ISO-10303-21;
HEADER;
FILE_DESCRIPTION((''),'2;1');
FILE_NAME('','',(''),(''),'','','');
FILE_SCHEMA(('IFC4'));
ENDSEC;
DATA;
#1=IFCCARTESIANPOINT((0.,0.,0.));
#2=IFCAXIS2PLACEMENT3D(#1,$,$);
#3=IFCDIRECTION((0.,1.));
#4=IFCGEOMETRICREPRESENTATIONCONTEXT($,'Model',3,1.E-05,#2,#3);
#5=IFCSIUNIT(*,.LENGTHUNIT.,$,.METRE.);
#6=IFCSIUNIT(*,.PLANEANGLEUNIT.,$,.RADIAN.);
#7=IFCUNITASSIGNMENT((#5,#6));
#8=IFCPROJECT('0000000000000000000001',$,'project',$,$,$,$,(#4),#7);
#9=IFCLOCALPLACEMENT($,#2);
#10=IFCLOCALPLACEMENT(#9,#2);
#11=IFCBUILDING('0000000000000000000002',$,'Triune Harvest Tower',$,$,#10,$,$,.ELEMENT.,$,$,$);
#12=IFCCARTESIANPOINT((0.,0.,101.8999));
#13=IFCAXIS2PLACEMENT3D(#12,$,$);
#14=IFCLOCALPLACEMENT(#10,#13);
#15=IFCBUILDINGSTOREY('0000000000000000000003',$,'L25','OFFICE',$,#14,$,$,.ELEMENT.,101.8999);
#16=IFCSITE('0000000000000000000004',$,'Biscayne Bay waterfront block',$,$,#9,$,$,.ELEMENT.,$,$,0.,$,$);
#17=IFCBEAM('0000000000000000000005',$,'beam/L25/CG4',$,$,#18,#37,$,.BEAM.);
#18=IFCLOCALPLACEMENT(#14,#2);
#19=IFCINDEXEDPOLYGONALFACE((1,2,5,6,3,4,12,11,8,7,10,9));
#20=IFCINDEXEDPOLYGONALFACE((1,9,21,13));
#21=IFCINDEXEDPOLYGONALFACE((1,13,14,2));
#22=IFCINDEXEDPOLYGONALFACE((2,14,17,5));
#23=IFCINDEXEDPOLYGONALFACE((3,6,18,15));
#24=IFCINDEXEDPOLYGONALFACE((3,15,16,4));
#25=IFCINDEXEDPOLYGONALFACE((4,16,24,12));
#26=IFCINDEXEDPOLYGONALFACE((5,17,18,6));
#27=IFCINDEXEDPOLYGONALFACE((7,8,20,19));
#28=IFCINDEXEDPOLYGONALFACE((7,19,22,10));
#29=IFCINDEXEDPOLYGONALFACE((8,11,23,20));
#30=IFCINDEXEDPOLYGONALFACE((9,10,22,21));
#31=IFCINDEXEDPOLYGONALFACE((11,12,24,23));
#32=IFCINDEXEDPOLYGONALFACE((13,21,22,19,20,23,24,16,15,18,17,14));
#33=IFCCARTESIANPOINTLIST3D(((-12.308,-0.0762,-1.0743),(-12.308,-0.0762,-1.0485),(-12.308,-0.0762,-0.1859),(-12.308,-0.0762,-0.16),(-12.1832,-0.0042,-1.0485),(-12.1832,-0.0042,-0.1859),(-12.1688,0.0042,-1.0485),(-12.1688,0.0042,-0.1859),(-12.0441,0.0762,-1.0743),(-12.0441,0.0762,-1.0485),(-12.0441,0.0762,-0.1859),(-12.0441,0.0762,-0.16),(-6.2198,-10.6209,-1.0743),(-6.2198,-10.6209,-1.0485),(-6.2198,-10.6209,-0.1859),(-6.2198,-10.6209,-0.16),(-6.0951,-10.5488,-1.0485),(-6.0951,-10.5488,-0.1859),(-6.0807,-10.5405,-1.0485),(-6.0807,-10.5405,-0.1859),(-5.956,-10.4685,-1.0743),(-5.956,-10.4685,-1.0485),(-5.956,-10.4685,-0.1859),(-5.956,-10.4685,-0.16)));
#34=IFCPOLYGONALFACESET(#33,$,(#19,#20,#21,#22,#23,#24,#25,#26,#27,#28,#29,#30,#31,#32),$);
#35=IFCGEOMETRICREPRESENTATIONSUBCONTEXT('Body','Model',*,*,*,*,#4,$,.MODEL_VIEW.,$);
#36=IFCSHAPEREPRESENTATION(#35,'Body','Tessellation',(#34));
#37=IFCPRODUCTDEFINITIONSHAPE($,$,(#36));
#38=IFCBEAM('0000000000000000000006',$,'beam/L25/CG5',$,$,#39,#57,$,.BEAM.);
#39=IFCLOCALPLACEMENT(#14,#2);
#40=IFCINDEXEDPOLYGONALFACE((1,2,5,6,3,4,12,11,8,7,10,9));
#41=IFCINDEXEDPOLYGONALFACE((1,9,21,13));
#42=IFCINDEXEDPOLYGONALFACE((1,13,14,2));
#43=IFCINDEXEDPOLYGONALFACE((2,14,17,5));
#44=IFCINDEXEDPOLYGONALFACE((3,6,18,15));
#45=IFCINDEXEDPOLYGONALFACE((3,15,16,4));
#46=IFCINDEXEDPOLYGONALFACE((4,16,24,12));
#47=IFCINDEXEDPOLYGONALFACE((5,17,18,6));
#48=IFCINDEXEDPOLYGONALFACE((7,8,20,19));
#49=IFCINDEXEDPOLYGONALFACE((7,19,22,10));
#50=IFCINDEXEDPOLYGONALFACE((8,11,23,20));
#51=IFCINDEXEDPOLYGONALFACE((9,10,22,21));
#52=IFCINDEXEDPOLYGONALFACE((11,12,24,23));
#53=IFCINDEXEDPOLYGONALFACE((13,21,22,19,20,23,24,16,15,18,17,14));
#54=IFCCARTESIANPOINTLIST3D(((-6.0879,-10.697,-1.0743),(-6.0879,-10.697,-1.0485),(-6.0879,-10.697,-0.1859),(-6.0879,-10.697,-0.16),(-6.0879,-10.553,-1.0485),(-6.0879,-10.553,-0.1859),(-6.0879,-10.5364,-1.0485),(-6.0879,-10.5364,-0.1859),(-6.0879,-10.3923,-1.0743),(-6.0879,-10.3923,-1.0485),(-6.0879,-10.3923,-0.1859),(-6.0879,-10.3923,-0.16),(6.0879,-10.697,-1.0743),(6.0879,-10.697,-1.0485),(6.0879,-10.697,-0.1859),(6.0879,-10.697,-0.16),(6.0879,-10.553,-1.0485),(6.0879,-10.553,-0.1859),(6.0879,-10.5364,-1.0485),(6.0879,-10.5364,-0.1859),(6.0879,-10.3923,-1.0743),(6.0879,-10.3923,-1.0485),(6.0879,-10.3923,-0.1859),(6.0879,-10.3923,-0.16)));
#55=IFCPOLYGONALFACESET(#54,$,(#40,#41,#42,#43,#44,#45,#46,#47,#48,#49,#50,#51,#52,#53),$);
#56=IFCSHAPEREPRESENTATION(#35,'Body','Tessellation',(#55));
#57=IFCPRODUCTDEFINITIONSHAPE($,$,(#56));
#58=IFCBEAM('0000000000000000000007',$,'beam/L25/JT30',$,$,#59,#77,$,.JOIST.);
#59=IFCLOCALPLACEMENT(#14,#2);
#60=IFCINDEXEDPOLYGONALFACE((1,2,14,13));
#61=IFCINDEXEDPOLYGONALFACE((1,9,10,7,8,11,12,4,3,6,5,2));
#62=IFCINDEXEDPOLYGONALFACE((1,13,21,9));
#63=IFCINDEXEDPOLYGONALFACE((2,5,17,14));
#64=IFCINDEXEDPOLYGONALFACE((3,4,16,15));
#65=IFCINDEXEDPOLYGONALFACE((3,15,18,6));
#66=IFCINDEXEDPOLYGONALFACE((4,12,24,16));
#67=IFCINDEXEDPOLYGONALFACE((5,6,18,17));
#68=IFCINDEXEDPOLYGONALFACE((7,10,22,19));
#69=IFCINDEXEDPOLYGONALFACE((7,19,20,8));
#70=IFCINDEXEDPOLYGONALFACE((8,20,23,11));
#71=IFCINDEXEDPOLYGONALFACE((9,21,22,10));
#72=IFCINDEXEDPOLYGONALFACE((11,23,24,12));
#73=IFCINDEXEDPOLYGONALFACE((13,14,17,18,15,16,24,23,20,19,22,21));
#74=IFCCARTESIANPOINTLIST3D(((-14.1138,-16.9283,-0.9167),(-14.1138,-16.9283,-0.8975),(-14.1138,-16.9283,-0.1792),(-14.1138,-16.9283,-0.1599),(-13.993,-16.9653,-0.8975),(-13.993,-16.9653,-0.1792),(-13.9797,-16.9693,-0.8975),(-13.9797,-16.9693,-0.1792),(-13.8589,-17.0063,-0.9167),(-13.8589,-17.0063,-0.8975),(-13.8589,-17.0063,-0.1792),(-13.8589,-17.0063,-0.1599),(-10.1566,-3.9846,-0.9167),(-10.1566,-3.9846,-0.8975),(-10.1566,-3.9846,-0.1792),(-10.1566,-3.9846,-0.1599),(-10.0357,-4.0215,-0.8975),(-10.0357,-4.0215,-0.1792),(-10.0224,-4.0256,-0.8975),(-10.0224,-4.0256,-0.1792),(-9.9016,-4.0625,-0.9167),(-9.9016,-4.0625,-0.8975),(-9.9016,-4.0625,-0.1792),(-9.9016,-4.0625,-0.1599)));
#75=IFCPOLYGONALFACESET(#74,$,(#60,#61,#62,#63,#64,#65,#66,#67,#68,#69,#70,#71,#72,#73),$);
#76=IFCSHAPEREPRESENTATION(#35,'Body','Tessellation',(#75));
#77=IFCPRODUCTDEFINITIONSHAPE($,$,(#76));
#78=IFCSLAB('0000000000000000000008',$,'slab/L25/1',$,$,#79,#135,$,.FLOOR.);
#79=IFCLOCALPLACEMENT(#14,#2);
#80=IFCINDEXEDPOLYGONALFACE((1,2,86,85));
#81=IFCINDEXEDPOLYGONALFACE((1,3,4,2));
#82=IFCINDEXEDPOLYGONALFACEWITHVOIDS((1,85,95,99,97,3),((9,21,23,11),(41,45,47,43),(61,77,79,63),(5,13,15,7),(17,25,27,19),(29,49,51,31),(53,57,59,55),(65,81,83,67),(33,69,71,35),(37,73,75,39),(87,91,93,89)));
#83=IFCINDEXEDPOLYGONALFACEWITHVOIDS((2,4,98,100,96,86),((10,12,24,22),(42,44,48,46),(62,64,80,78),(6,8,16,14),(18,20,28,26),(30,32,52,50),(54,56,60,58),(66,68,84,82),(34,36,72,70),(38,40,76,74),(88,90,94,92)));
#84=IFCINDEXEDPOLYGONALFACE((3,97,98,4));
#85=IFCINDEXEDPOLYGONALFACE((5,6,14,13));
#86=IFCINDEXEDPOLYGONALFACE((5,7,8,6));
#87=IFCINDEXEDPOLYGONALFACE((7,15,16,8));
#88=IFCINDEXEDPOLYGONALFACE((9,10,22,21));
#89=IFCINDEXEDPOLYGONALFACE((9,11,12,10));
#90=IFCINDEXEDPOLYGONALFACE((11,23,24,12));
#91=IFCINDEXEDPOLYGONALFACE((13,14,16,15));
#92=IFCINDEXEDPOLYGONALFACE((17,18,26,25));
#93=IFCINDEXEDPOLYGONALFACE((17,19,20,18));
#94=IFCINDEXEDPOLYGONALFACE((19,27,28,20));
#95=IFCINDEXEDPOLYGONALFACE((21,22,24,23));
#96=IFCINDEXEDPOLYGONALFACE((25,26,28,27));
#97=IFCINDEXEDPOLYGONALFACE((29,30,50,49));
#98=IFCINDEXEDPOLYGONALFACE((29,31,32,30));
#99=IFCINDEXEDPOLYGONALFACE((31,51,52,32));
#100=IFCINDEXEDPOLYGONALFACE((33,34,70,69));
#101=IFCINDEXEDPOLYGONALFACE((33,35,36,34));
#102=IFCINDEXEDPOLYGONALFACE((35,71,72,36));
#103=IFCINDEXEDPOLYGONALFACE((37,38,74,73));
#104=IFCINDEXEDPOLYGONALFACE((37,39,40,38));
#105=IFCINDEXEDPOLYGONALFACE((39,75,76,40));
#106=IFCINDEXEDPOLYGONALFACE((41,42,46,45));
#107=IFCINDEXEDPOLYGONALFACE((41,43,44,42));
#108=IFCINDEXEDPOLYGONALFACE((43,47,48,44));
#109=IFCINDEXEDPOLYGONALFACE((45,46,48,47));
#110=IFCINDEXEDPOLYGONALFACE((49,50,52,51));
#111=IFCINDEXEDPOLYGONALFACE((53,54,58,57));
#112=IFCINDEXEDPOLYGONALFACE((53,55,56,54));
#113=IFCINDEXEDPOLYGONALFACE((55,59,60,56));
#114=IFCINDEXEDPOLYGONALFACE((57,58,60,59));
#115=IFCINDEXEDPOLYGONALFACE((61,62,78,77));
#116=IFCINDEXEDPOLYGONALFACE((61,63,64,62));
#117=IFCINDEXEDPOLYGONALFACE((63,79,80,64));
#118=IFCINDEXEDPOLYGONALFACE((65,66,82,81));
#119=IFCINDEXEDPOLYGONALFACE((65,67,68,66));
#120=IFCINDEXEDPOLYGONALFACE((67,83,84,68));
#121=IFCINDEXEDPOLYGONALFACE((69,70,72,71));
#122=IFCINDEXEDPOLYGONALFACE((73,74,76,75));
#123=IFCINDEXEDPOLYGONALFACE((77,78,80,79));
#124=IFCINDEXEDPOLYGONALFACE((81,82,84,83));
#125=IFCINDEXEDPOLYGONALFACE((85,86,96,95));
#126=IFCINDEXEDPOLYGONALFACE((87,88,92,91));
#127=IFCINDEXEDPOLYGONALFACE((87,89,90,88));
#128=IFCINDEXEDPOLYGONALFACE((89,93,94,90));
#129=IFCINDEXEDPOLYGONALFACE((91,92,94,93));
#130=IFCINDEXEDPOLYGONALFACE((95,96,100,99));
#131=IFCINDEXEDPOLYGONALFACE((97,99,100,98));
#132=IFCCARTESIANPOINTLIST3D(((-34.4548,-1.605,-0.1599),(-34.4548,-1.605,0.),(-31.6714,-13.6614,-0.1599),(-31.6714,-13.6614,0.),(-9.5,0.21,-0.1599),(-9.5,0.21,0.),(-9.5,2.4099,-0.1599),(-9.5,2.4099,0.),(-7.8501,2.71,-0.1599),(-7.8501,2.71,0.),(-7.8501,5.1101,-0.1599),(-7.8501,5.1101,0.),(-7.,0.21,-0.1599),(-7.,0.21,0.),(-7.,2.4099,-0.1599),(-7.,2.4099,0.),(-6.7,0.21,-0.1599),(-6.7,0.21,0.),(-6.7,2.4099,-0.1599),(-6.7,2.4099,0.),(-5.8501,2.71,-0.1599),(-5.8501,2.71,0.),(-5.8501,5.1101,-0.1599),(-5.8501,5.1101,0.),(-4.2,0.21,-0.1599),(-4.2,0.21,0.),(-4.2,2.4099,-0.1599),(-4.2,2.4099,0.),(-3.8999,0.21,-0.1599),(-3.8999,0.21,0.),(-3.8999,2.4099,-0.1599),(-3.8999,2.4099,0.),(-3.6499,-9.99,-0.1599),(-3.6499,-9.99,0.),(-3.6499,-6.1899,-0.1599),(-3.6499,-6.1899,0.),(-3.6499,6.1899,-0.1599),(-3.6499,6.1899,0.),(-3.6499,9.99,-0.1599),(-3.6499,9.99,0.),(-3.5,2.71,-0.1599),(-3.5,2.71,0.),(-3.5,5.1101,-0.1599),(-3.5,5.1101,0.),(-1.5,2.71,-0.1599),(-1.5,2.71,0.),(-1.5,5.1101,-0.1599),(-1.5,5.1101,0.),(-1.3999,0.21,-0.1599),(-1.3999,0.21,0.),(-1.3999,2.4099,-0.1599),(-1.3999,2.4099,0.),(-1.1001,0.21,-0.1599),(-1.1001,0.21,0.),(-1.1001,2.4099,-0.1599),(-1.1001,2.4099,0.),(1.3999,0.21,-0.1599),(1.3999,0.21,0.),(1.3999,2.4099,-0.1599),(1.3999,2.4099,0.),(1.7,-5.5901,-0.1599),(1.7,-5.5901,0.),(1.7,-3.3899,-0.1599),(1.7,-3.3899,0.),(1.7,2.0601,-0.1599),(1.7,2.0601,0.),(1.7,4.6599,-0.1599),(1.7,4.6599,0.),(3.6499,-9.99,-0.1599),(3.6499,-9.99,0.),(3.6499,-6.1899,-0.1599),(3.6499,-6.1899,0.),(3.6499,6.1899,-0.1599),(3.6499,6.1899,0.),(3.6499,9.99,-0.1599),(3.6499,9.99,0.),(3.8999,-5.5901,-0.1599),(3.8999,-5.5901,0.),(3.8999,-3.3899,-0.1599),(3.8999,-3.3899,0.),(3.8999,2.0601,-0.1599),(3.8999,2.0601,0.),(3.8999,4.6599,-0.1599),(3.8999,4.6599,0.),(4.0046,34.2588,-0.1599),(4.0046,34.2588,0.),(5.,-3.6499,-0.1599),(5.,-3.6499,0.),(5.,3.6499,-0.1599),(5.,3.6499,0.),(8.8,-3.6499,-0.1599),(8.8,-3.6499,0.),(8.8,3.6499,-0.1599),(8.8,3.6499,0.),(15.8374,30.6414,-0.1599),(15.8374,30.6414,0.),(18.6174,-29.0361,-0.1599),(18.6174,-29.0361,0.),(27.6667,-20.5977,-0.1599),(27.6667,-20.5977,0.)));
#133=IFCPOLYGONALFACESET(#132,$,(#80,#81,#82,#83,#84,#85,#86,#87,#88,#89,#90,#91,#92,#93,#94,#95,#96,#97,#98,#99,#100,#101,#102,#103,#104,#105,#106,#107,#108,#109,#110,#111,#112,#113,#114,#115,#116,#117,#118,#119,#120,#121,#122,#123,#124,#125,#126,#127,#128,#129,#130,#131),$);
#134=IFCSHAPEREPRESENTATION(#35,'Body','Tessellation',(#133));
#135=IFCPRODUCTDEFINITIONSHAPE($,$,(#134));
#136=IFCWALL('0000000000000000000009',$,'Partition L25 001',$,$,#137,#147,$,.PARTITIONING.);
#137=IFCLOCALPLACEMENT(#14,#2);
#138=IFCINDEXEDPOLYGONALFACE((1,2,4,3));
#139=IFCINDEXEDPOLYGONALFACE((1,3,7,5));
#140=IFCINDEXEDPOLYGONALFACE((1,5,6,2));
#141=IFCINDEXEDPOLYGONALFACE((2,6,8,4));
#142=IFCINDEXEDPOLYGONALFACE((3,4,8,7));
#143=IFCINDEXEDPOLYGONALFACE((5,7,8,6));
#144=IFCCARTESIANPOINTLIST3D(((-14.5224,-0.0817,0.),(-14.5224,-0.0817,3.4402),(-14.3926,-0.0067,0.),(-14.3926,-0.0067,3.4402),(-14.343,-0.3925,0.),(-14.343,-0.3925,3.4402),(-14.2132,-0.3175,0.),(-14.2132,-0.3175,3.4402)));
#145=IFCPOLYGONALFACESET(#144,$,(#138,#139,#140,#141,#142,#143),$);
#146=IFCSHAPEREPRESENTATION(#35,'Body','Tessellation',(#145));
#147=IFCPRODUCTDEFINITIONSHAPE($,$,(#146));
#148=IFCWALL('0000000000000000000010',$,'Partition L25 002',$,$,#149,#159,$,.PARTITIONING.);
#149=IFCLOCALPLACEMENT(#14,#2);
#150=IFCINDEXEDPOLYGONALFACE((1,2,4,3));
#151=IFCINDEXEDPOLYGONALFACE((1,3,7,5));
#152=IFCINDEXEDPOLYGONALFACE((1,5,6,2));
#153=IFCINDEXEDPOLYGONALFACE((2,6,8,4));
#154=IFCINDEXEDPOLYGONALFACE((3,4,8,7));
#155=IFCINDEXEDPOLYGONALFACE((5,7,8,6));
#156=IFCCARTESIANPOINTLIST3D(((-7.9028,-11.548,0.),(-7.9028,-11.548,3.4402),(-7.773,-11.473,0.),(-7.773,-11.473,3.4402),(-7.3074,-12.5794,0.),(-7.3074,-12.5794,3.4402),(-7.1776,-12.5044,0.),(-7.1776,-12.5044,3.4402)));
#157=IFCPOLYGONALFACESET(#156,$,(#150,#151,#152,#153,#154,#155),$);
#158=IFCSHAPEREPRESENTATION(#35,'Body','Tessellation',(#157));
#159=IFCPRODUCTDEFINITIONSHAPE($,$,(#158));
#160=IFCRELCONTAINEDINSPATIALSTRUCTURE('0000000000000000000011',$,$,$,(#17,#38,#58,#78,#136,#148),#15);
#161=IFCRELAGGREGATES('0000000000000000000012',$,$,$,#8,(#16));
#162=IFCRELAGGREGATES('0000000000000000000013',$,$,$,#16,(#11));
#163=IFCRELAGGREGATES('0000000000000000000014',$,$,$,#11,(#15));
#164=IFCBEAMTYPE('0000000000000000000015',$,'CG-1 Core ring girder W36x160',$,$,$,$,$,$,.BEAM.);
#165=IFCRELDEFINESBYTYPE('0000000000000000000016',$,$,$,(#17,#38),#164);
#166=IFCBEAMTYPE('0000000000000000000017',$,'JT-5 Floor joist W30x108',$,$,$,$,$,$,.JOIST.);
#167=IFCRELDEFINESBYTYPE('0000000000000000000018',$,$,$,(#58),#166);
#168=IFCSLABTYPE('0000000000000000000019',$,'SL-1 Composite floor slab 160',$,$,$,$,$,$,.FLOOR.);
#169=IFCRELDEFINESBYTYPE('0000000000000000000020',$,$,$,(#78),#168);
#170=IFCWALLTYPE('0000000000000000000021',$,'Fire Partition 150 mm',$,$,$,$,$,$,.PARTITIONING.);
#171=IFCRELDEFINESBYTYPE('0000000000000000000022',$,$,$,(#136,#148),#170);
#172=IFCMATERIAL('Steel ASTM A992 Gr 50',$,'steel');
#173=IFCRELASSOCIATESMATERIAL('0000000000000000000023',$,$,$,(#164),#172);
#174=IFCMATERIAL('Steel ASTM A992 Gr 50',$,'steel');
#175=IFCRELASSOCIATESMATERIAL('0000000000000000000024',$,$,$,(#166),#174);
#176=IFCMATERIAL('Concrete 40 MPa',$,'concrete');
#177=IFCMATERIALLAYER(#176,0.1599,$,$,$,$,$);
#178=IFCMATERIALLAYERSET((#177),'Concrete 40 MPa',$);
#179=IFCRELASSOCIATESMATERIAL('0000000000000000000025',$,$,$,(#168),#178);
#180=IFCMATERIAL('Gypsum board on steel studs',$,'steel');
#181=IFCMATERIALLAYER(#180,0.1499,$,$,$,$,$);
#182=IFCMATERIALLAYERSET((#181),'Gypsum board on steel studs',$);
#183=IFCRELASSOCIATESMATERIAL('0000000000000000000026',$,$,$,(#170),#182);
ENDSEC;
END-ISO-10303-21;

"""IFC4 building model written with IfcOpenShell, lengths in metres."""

from ifc_helpers import new_model, si_unit, direction, frame, frame_2d, origin, origin_2d, place, context, subcontext, project, spatial, polyline, rectangle, i_section, outline, extrude, source, transform, mapped, material, layer, layer_set, material_profile, profile_set, type_object, element, save


model = new_model("IFC4")

# Units and contexts
model_context = context("Model", 3, precision=1e-05, world=origin(), true_north=direction((0.0, 1.0)))
body_context = subcontext(model_context, "Body", "Model", "MODEL_VIEW")
ifc_project = project(units=[si_unit("LENGTHUNIT", "METRE"), si_unit("PLANEANGLEUNIT", "RADIAN")], contexts=[model_context])

# Site, building, storey
site_placement = place(None, origin())
site = spatial("IfcSite", under=ifc_project, at=site_placement, Name="Biscayne Bay waterfront block", CompositionType="ELEMENT", RefElevation=0.0)
building_placement = place(site_placement, origin())
building = spatial("IfcBuilding", under=site, at=building_placement, Name="Triune Harvest Tower", CompositionType="ELEMENT")
storey_placement = place(building_placement, frame((0.0, 0.0, 101.8999)))
storey = spatial("IfcBuildingStorey", under=building, at=storey_placement, Name="L25", Description="OFFICE", CompositionType="ELEMENT", Elevation=101.8999)

# Beams
ifc_material_1 = material(Name="Steel ASTM A992 Gr 50", Category="steel")
ifc_material_profile_1 = material_profile(ifc_material_1, i_section(OverallWidth=0.3047, OverallDepth=0.9143, WebThickness=0.0166, FlangeThickness=0.0259, at=origin_2d()), Name="W36x160")
ifc_profile_set_1 = profile_set([ifc_material_profile_1], Name="Steel ASTM A992 Gr 50")
beam_type_1 = type_object("IfcBeamType", Name="CG-1 Core ring girder W36x160", PredefinedType="BEAM", material=ifc_profile_set_1)
shared_shape_1 = source(origin(), body_context, "Body", "SweptSolid", [
    extrude(i_section(OverallWidth=0.3047, OverallDepth=0.9143, WebThickness=0.0166, FlangeThickness=0.0259, at=origin_2d()), origin(), (0.0, 0.0, 1.0), 12.176),
])
beam_1_placement = place(storey_placement, frame((-12.176, 0.0, -0.6172), z_axis=(0.50001, -0.86602, 0.0), x_axis=(0.86602, 0.50001, 0.0)))
element("IfcBeam", 1, at=beam_1_placement, inside=storey, type_object=beam_type_1, Name="beam/L25/CG4", PredefinedType="BEAM", context=body_context, shape_type="MappedRepresentation", body=[
    mapped(shared_shape_1, transform((0.0, 0.0, 0.0), scale=1.0)),
])
shared_shape_2 = source(origin(), body_context, "Body", "SweptSolid", [
    extrude(i_section(OverallWidth=0.3047, OverallDepth=0.9143, WebThickness=0.0166, FlangeThickness=0.0259, at=origin_2d()), origin(), (0.0, 0.0, 1.0), 12.1758),
])
beam_2_placement = place(storey_placement, frame((-6.0879, -10.5447, -0.6172), z_axis=(1.0, 0.0, 0.0), x_axis=(0.0, 1.0, 0.0)))
element("IfcBeam", 2, at=beam_2_placement, inside=storey, type_object=beam_type_1, Name="beam/L25/CG5", PredefinedType="BEAM", context=body_context, shape_type="MappedRepresentation", body=[
    mapped(shared_shape_2, transform((0.0, 0.0, 0.0), scale=1.0)),
])
ifc_material_2 = material(Name="Steel ASTM A992 Gr 50", Category="steel")
ifc_material_profile_2 = material_profile(ifc_material_2, i_section(OverallWidth=0.2666, OverallDepth=0.7568, WebThickness=0.0139, FlangeThickness=0.0193, at=origin_2d()), Name="W30x108")
ifc_profile_set_2 = profile_set([ifc_material_profile_2], Name="Steel ASTM A992 Gr 50")
beam_type_2 = type_object("IfcBeamType", Name="JT-5 Floor joist W30x108", PredefinedType="JOIST", material=ifc_profile_set_2)
shared_shape_3 = source(origin(), body_context, "Body", "SweptSolid", [
    extrude(i_section(OverallWidth=0.2666, OverallDepth=0.7568, WebThickness=0.0139, FlangeThickness=0.0193, at=origin_2d()), origin(), (0.0, 0.0, 1.0), 13.5352),
])
beam_3_placement = place(storey_placement, frame((-13.9863, -16.9673, -0.5383), z_axis=(0.292368, 0.956306, 0.0), x_axis=(-0.956306, 0.292368, 0.0)))
element("IfcBeam", 3, at=beam_3_placement, inside=storey, type_object=beam_type_2, Name="beam/L25/JT30", PredefinedType="JOIST", context=body_context, shape_type="MappedRepresentation", body=[
    mapped(shared_shape_3, transform((0.0, 0.0, 0.0), scale=1.0)),
])

# Slab
ifc_material_3 = material(Name="Concrete 40 MPa", Category="concrete")
ifc_layer_1 = layer(ifc_material_3, 0.1599)
ifc_layer_set_1 = layer_set([ifc_layer_1], Name="Concrete 40 MPa")
slab_type = type_object("IfcSlabType", Name="SL-1 Composite floor slab 160", PredefinedType="FLOOR", material=ifc_layer_set_1)
shared_shape_4 = source(origin(), body_context, "Body", "SweptSolid", [
    extrude(outline(polyline([(27.6667, -20.5977), (15.8374, 30.6414), (4.0046, 34.2588), (-34.4548, -1.605), (-31.6714, -13.6614), (18.6174, -29.0361), (27.6667, -20.5977)]), holes=[polyline([(-7.0, 0.21), (-7.0, 2.4099), (-9.5, 2.4099), (-9.5, 0.21), (-7.0, 0.21)]), polyline([(-4.2, 0.21), (-4.2, 2.4099), (-6.7, 2.4099), (-6.7, 0.21), (-4.2, 0.21)]), polyline([(-1.3999, 0.21), (-1.3999, 2.4099), (-3.8999, 2.4099), (-3.8999, 0.21), (-1.3999, 0.21)]), polyline([(1.3999, 0.21), (1.3999, 2.4099), (-1.1001, 2.4099), (-1.1001, 0.21), (1.3999, 0.21)]), polyline([(3.8999, 2.0601), (3.8999, 4.6599), (1.7, 4.6599), (1.7, 2.0601), (3.8999, 2.0601)]), polyline([(3.8999, -5.5901), (3.8999, -3.3899), (1.7, -3.3899), (1.7, -5.5901), (3.8999, -5.5901)]), polyline([(-5.8501, 2.71), (-5.8501, 5.1101), (-7.8501, 5.1101), (-7.8501, 2.71), (-5.8501, 2.71)]), polyline([(-1.5, 2.71), (-1.5, 5.1101), (-3.5, 5.1101), (-3.5, 2.71), (-1.5, 2.71)]), polyline([(3.6499, 6.1899), (3.6499, 9.99), (-3.6499, 9.99), (-3.6499, 6.1899), (3.6499, 6.1899)]), polyline([(3.6499, -9.99), (3.6499, -6.1899), (-3.6499, -6.1899), (-3.6499, -9.99), (3.6499, -9.99)]), polyline([(8.8, -3.6499), (8.8, 3.6499), (5.0, 3.6499), (5.0, -3.6499), (8.8, -3.6499)])]), origin(), (0.0, 0.0, 1.0), 0.1599),
])
slab_placement = place(storey_placement, frame((0.0, 0.0, -0.1599)))
element("IfcSlab", 4, at=slab_placement, inside=storey, type_object=slab_type, Name="slab/L25/1", PredefinedType="FLOOR", context=body_context, shape_type="MappedRepresentation", body=[
    mapped(shared_shape_4, transform((0.0, 0.0, 0.0), scale=1.0)),
])

# Walls
ifc_material_4 = material(Name="Gypsum board on steel studs", Category="steel")
ifc_layer_2 = layer(ifc_material_4, 0.1499)
ifc_layer_set_2 = layer_set([ifc_layer_2], Name="Gypsum board on steel studs")
wall_type_1 = type_object("IfcWallType", Name="Fire Partition 150 mm", PredefinedType="PARTITIONING", material=ifc_layer_set_2)
wall_1_placement = place(storey_placement, frame((-14.4575, -0.0442, 0.0), z_axis=(0.0, 0.0, 1.0), x_axis=(0.500017, -0.866016, 0.0)))
element("IfcWall", 5, at=wall_1_placement, inside=storey, type_object=wall_type_1, Name="Partition L25 001", PredefinedType="PARTITIONING", context=body_context, shape_type="SweptSolid", body=[
    extrude(rectangle(XDim=0.3589, YDim=0.1499, at=frame_2d((0.1794, 0.0))), origin(), (0.0, 0.0, 1.0), 3.4402),
])
wall_2_placement = place(storey_placement, frame((-7.8379, -11.5105, 0.0), z_axis=(0.0, 0.0, 1.0), x_axis=(0.499953, -0.866052, 0.0)))
element("IfcWall", 6, at=wall_2_placement, inside=storey, type_object=wall_type_1, Name="Partition L25 002", PredefinedType="PARTITIONING", context=body_context, shape_type="SweptSolid", body=[
    extrude(rectangle(XDim=1.1909, YDim=0.1499, at=frame_2d((0.5955, 0.0))), origin(), (0.0, 0.0, 1.0), 3.4402),
])

save(model, "model.ifc")
